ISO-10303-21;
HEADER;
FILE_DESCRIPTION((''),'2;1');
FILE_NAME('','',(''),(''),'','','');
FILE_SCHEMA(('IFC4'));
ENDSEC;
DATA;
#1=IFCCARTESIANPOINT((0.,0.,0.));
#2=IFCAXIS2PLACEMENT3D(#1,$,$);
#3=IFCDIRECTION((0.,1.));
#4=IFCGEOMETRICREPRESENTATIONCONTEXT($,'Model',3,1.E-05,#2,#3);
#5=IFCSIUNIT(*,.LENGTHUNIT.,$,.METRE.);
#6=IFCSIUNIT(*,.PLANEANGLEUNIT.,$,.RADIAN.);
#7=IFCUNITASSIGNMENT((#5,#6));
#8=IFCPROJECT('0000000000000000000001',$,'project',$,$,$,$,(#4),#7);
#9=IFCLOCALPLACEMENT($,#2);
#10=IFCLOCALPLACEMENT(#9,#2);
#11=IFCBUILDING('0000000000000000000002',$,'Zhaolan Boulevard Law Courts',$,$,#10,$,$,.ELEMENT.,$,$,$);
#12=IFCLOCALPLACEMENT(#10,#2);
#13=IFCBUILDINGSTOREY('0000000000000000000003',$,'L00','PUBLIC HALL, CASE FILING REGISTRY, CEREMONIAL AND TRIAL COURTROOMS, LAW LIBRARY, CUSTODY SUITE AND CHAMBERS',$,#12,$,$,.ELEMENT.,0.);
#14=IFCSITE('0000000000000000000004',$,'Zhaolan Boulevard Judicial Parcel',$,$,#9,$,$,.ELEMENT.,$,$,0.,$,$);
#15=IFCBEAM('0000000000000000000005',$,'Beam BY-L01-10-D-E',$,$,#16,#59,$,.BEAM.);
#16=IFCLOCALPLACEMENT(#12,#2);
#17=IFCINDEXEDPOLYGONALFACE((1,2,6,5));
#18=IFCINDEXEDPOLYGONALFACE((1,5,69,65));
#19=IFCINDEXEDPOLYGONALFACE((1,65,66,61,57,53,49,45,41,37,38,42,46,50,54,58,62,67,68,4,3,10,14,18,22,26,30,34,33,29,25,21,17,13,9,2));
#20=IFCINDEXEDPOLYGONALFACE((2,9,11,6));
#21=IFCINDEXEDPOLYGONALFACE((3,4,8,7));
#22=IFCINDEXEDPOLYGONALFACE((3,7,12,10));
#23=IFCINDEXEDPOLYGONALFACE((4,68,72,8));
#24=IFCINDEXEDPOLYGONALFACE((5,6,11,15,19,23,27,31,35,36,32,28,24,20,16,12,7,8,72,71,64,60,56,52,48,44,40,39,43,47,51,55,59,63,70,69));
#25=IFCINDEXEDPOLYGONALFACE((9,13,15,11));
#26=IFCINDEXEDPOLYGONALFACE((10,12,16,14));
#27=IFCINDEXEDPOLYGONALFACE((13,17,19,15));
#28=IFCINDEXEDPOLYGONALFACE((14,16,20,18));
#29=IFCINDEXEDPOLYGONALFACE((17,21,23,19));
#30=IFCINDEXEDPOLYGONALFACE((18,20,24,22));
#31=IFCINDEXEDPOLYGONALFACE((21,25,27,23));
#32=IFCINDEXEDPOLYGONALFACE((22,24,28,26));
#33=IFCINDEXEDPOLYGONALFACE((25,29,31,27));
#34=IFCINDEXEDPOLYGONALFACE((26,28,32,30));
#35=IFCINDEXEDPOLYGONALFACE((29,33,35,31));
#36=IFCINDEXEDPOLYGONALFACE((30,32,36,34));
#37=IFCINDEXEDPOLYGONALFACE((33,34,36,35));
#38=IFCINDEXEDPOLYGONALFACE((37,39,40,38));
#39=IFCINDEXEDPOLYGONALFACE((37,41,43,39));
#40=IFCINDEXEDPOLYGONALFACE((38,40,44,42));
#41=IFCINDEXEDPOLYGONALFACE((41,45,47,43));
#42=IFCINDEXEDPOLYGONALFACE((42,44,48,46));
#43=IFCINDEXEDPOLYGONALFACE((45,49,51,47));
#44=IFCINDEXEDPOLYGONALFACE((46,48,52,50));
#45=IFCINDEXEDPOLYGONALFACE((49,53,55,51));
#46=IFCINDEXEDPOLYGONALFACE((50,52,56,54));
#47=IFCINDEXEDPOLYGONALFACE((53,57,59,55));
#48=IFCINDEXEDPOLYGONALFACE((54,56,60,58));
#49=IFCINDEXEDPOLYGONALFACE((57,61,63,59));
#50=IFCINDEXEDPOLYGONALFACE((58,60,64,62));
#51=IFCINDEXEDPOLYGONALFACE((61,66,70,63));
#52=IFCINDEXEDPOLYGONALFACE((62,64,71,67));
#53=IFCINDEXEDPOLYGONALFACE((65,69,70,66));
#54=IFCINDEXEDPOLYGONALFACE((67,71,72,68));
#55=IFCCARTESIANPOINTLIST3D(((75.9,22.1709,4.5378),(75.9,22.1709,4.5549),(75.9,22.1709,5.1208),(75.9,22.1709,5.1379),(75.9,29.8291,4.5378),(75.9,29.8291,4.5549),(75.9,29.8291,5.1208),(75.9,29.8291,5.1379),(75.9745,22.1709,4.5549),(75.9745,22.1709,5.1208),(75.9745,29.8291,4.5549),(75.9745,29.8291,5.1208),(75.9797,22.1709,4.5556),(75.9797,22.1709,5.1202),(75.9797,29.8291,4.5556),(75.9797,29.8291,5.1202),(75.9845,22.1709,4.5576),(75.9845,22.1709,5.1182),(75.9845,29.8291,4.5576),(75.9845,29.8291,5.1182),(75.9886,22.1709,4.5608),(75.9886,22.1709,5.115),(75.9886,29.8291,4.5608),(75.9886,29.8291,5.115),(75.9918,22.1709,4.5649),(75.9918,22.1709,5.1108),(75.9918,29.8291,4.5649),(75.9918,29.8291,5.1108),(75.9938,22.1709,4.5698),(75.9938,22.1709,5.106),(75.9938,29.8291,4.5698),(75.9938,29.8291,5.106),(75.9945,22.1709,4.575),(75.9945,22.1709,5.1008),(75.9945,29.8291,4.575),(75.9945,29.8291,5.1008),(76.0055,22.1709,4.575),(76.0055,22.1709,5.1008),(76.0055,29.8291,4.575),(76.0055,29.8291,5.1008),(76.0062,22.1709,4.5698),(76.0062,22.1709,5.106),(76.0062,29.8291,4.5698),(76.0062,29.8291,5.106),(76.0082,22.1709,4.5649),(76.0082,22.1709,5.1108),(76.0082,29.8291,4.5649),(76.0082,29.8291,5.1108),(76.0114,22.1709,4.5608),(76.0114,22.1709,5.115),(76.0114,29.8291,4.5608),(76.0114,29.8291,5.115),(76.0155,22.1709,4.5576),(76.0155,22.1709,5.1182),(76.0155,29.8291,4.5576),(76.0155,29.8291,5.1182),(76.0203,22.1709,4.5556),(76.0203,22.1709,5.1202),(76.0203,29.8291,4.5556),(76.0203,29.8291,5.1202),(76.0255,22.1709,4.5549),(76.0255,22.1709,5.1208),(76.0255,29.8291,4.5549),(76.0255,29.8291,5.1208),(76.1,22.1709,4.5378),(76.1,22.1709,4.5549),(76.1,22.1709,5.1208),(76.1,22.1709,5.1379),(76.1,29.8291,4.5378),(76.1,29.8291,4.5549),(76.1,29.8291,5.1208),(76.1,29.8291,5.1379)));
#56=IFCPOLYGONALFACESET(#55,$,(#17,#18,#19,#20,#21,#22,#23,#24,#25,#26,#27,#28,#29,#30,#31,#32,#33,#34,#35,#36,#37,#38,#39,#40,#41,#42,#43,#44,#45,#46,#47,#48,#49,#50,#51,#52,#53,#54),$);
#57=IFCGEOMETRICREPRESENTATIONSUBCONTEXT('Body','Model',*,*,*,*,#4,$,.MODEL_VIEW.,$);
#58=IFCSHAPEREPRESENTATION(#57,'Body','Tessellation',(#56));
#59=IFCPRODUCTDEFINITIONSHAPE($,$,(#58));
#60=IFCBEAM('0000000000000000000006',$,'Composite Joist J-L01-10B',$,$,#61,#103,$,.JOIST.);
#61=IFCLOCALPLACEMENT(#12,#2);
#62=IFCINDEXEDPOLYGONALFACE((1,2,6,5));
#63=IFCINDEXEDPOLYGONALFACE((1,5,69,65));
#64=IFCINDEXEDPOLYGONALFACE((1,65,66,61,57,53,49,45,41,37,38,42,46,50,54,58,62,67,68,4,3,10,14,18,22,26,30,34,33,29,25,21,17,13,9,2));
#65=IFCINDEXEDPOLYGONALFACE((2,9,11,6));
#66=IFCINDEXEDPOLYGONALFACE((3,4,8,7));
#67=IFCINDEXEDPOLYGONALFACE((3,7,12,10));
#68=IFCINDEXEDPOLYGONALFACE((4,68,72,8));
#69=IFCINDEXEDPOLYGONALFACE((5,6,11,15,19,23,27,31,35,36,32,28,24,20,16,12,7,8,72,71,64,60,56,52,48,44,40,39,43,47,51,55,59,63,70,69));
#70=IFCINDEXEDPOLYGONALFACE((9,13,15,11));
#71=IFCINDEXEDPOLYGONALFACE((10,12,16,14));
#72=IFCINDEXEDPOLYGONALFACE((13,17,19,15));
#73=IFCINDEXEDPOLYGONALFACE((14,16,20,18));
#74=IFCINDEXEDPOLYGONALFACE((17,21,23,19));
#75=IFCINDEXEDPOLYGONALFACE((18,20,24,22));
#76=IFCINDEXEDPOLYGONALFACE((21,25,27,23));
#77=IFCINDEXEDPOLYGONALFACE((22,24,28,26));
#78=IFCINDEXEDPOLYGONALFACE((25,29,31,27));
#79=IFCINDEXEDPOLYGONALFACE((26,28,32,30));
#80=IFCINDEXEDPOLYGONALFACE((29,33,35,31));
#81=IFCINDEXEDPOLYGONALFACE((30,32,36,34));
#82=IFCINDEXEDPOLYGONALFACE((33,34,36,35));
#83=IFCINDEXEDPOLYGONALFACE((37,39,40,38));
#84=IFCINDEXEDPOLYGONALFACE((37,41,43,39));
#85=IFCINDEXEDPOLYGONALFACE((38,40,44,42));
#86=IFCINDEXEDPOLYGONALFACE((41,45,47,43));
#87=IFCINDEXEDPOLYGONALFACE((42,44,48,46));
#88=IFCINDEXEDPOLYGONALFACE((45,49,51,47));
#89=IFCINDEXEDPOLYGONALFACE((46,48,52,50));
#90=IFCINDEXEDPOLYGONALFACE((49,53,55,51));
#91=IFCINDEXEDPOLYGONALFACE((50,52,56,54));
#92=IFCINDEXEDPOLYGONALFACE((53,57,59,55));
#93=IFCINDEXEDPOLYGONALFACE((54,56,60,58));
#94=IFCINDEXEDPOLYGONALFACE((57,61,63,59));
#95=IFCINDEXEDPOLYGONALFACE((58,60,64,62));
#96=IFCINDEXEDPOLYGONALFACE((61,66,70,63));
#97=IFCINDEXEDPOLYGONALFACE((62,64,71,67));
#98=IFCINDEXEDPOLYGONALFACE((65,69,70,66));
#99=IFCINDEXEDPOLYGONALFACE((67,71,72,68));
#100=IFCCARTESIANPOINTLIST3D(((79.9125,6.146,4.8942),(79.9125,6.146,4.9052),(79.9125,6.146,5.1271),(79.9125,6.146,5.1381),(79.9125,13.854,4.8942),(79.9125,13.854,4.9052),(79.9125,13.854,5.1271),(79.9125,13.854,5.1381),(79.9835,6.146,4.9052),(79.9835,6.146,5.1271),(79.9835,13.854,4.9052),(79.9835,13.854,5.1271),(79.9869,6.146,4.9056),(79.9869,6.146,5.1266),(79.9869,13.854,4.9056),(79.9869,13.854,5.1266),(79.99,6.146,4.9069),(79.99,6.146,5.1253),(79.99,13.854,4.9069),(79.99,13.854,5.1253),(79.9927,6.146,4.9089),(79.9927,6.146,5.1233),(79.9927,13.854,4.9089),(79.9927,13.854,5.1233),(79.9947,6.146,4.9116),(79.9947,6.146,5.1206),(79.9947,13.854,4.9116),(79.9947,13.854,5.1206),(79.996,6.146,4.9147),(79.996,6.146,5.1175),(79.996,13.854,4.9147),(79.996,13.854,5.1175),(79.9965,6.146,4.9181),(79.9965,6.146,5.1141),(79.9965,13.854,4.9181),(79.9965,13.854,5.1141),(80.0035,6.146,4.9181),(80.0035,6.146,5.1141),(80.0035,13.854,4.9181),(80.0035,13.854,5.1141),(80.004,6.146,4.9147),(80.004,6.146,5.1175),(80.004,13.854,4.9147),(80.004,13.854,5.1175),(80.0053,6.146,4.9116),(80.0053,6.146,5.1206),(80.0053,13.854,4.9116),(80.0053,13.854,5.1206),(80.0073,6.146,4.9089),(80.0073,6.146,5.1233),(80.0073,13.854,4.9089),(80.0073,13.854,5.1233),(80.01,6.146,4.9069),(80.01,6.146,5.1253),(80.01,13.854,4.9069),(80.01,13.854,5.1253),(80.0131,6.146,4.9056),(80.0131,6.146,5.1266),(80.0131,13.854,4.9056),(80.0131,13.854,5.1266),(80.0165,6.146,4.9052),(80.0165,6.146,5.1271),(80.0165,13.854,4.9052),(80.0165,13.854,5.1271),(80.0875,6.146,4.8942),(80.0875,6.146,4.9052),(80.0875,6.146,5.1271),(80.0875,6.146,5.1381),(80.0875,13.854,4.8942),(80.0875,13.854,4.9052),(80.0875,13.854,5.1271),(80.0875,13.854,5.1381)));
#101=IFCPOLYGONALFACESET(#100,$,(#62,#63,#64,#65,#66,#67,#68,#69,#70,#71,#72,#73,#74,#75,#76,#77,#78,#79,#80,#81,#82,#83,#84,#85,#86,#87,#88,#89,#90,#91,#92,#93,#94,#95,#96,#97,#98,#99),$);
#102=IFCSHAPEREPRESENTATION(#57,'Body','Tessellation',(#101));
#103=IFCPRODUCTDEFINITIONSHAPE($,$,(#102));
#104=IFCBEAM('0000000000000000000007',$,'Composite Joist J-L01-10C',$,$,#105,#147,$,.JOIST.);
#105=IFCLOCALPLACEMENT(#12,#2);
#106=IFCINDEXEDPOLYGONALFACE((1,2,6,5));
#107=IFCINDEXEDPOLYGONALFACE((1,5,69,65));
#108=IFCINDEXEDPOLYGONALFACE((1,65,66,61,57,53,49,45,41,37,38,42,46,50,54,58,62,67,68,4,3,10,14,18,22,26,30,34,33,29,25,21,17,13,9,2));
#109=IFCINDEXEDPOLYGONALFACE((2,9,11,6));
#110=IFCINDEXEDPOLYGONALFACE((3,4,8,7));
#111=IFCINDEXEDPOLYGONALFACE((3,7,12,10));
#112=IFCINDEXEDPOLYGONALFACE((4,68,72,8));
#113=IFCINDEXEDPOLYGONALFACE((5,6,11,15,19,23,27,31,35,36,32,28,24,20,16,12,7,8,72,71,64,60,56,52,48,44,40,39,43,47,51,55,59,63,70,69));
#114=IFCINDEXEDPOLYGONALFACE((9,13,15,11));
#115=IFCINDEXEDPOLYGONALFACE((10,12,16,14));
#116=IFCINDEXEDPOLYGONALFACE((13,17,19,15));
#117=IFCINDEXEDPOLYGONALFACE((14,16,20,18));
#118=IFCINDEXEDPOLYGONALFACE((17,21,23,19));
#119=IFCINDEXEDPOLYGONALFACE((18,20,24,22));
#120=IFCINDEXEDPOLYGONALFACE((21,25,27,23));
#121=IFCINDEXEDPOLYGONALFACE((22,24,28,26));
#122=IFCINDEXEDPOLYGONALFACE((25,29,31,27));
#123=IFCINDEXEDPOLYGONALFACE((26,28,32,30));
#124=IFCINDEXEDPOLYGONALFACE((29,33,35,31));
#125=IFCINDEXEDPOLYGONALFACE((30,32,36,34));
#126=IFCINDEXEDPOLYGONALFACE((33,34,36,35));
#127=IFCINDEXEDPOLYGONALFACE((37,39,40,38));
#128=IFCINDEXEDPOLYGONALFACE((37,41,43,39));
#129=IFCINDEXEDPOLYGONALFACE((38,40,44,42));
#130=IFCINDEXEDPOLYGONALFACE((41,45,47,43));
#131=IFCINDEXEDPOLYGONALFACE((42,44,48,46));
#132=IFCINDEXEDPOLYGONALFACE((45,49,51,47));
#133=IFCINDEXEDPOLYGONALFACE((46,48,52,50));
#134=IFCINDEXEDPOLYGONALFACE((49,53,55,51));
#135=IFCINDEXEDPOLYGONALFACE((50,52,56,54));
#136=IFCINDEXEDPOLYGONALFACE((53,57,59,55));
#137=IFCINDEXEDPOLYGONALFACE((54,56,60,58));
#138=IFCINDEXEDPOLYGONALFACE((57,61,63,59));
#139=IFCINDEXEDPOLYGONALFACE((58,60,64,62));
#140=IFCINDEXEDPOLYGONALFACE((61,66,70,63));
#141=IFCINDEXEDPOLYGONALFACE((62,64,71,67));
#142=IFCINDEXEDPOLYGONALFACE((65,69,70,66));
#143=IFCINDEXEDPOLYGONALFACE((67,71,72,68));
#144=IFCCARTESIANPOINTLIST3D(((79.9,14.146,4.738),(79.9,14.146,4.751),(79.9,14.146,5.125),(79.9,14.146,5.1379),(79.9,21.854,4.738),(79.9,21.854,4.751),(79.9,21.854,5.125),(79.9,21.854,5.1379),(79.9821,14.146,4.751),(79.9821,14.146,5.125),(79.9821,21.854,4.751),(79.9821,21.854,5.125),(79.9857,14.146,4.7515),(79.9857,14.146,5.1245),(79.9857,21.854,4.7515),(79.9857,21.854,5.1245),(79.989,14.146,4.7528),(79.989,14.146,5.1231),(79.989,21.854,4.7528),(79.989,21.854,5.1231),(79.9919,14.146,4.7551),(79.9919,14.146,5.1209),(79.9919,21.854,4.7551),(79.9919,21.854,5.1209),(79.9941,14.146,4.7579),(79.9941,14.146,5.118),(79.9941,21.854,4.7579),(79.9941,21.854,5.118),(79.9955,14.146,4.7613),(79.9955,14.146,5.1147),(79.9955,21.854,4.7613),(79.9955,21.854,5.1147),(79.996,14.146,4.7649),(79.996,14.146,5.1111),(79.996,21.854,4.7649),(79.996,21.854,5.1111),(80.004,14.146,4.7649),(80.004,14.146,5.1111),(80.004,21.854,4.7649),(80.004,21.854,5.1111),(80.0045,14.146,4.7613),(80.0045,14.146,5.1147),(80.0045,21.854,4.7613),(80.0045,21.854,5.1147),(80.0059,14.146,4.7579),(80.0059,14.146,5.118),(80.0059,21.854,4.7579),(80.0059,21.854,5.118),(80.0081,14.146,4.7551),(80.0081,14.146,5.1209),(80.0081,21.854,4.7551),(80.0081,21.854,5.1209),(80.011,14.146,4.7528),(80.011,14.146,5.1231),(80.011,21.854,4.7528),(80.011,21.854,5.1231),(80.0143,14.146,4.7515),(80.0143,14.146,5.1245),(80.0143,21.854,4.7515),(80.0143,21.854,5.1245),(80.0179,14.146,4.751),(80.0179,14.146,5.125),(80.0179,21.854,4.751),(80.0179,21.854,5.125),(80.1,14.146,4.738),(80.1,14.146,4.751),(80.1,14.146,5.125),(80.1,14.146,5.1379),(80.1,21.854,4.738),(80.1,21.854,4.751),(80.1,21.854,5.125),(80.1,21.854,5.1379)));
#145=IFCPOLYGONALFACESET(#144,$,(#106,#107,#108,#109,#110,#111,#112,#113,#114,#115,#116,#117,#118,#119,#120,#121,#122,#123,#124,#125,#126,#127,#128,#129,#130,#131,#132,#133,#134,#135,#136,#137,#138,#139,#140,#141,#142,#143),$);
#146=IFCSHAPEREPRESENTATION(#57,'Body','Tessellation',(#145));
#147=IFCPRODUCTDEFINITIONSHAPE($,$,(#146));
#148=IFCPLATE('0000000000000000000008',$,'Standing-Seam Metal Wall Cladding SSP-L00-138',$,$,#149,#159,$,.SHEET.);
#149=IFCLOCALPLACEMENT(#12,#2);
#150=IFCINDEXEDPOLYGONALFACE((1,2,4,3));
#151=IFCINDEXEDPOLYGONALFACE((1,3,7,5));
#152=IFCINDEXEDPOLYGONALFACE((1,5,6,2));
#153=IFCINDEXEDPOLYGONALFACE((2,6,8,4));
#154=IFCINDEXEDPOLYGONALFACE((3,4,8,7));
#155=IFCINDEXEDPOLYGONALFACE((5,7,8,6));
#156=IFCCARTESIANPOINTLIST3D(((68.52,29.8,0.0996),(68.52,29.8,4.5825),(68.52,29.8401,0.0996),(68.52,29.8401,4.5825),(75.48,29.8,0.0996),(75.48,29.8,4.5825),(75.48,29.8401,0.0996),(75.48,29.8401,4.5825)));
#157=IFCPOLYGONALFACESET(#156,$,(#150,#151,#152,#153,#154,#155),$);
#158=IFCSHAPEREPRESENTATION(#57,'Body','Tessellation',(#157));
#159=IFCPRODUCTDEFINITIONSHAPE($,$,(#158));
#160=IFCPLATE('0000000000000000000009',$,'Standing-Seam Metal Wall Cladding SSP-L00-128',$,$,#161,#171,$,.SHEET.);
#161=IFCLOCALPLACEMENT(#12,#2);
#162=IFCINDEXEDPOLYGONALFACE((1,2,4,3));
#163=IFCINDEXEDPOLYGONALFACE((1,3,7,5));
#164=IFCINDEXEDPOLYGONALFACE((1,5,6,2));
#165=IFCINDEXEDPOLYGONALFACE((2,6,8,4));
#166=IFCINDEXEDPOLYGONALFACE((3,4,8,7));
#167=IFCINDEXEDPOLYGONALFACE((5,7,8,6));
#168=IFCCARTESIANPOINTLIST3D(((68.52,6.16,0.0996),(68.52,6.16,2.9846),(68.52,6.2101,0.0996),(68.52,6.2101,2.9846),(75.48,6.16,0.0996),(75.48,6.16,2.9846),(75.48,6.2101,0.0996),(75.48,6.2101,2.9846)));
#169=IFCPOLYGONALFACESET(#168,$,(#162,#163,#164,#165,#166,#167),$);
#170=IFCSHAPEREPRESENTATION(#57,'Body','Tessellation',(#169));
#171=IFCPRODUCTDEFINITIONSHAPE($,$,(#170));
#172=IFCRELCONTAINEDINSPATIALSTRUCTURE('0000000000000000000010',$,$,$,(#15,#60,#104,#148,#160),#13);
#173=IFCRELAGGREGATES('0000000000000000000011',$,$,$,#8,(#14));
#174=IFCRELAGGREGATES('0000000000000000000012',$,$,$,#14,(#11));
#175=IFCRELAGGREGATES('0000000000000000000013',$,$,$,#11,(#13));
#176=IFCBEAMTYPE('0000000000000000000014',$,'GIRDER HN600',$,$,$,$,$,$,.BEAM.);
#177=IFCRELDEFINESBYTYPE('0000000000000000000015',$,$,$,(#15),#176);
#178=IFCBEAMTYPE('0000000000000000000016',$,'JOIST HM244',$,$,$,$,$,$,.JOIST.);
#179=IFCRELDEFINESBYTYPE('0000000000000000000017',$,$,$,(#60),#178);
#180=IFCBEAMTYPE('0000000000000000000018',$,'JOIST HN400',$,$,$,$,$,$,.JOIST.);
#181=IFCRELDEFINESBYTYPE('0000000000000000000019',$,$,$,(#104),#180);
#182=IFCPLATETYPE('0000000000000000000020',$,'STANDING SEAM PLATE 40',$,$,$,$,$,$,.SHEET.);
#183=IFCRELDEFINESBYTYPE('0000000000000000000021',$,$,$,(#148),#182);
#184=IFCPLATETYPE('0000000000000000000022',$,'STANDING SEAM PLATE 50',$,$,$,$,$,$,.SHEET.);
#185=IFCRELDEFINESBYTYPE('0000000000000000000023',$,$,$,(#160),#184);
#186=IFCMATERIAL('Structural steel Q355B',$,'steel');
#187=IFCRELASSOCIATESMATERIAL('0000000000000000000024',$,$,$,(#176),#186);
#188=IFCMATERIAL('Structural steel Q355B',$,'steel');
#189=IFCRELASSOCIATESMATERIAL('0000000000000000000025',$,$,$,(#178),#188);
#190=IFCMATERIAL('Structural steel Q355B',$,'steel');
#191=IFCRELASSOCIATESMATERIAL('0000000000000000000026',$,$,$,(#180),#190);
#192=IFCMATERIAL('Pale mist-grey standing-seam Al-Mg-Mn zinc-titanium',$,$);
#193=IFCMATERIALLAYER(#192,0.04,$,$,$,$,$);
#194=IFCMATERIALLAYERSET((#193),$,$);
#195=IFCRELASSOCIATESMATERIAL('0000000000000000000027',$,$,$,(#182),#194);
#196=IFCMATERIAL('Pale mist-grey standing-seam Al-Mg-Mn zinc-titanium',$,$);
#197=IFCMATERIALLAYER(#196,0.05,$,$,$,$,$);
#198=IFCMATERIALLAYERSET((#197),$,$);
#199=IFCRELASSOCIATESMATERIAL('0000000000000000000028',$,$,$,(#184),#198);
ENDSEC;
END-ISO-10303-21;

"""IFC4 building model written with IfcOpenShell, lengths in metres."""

from ifc_helpers import new_model, si_unit, direction, frame, origin, origin_2d, place, context, subcontext, project, spatial, rectangle, i_section, extrude, material, layer, layer_set, material_profile, profile_set, type_object, element, save


model = new_model("IFC4")

# Units and contexts
model_context = context("Model", 3, precision=1e-05, world=origin(), true_north=direction((0.0, 1.0)))
body_context = subcontext(model_context, "Body", "Model", "MODEL_VIEW")
ifc_project = project(units=[si_unit("LENGTHUNIT", "METRE"), si_unit("PLANEANGLEUNIT", "RADIAN")], contexts=[model_context])

# Site, building, storey
site_placement = place(None, origin())
site = spatial("IfcSite", under=ifc_project, at=site_placement, Name="Zhaolan Boulevard Judicial Parcel", CompositionType="ELEMENT", RefElevation=0.0)
building_placement = place(site_placement, origin())
building = spatial("IfcBuilding", under=site, at=building_placement, Name="Zhaolan Boulevard Law Courts", CompositionType="ELEMENT")
storey_placement = place(building_placement, origin())
storey = spatial("IfcBuildingStorey", under=building, at=storey_placement, Name="L00", Description="PUBLIC HALL, CASE FILING REGISTRY, CEREMONIAL AND TRIAL COURTROOMS, LAW LIBRARY, CUSTODY SUITE AND CHAMBERS", CompositionType="ELEMENT", Elevation=0.0)

# Beams
ifc_material_1 = material(Name="Structural steel Q355B", Category="steel")
ifc_material_profile_1 = material_profile(ifc_material_1, i_section(OverallWidth=0.2, OverallDepth=0.6001, WebThickness=0.011, FlangeThickness=0.0171, FilletRadius=0.02, at=origin_2d()), Name="HN600x200")
ifc_profile_set_1 = profile_set([ifc_material_profile_1], Name="Structural steel Q355B")
beam_type_1 = type_object("IfcBeamType", Name="GIRDER HN600", PredefinedType="BEAM", material=ifc_profile_set_1)
for number, where, z_axis, x_axis, name in (
    (1, (76.0, 22.1709, 4.8379), (0.0, 1.0, 0.0), (-1.0, 0.0, 0.0), "Beam BY-L01-10-D-E"),
):
    element("IfcBeam", number, at=place(storey_placement, frame(where, z_axis=z_axis, x_axis=x_axis)), inside=storey, type_object=beam_type_1, Name=name, PredefinedType="BEAM", context=body_context, shape_type="SweptSolid", body=[
        extrude(i_section(OverallWidth=0.2, OverallDepth=0.6001, WebThickness=0.011, FlangeThickness=0.0171, FilletRadius=0.02, at=origin_2d()), origin(), (0.0, 0.0, 1.0), 7.6582),
    ])
ifc_material_2 = material(Name="Structural steel Q355B", Category="steel")
ifc_material_profile_2 = material_profile(ifc_material_2, i_section(OverallWidth=0.175, OverallDepth=0.2439, WebThickness=0.0071, FlangeThickness=0.011, FilletRadius=0.0129, at=origin_2d()), Name="HM244x175")
ifc_profile_set_2 = profile_set([ifc_material_profile_2], Name="Structural steel Q355B")
beam_type_2 = type_object("IfcBeamType", Name="JOIST HM244", PredefinedType="JOIST", material=ifc_profile_set_2)
beam_1_placement = place(storey_placement, frame((80.0, 6.146, 5.0161), z_axis=(0.0, 1.0, 0.0), x_axis=(-1.0, 0.0, 0.0)))
element("IfcBeam", 2, at=beam_1_placement, inside=storey, type_object=beam_type_2, Name="Composite Joist J-L01-10B", PredefinedType="JOIST", context=body_context, shape_type="SweptSolid", body=[
    extrude(i_section(OverallWidth=0.175, OverallDepth=0.2439, WebThickness=0.0071, FlangeThickness=0.011, FilletRadius=0.0129, at=origin_2d()), origin(), (0.0, 0.0, 1.0), 7.708),
])
ifc_material_3 = material(Name="Structural steel Q355B", Category="steel")
ifc_material_profile_3 = material_profile(ifc_material_3, i_section(OverallWidth=0.2, OverallDepth=0.3999, WebThickness=0.0081, FlangeThickness=0.0129, FilletRadius=0.0139, at=origin_2d()), Name="HN400x200")
ifc_profile_set_3 = profile_set([ifc_material_profile_3], Name="Structural steel Q355B")
beam_type_3 = type_object("IfcBeamType", Name="JOIST HN400", PredefinedType="JOIST", material=ifc_profile_set_3)
beam_2_placement = place(storey_placement, frame((80.0, 14.146, 4.938), z_axis=(0.0, 1.0, 0.0), x_axis=(-1.0, 0.0, 0.0)))
element("IfcBeam", 3, at=beam_2_placement, inside=storey, type_object=beam_type_3, Name="Composite Joist J-L01-10C", PredefinedType="JOIST", context=body_context, shape_type="SweptSolid", body=[
    extrude(i_section(OverallWidth=0.2, OverallDepth=0.3999, WebThickness=0.0081, FlangeThickness=0.0129, FilletRadius=0.0139, at=origin_2d()), origin(), (0.0, 0.0, 1.0), 7.708),
])

# Plates
ifc_material_4 = material(Name="Pale mist-grey standing-seam Al-Mg-Mn zinc-titanium")
ifc_layer_1 = layer(ifc_material_4, 0.04)
ifc_layer_set_1 = layer_set([ifc_layer_1])
plate_type_1 = type_object("IfcPlateType", Name="STANDING SEAM PLATE 40", PredefinedType="SHEET", material=ifc_layer_set_1)
plate_1_placement = place(storey_placement, frame((72.0, 29.8201, 0.0996), z_axis=(0.0, 0.0, 1.0), x_axis=(-1.0, 0.0, 0.0)))
element("IfcPlate", 4, at=plate_1_placement, inside=storey, type_object=plate_type_1, Name="Standing-Seam Metal Wall Cladding SSP-L00-138", PredefinedType="SHEET", context=body_context, shape_type="SweptSolid", body=[
    extrude(rectangle(XDim=6.96, YDim=0.04, at=origin_2d()), origin(), (0.0, 0.0, 1.0), 4.4829),
])
ifc_material_5 = material(Name="Pale mist-grey standing-seam Al-Mg-Mn zinc-titanium")
ifc_layer_2 = layer(ifc_material_5, 0.05)
ifc_layer_set_2 = layer_set([ifc_layer_2])
plate_type_2 = type_object("IfcPlateType", Name="STANDING SEAM PLATE 50", PredefinedType="SHEET", material=ifc_layer_set_2)
plate_2_placement = place(storey_placement, frame((72.0, 6.1851, 0.0996), z_axis=(0.0, 0.0, 1.0), x_axis=(1.0, 0.0, 0.0)))
element("IfcPlate", 5, at=plate_2_placement, inside=storey, type_object=plate_type_2, Name="Standing-Seam Metal Wall Cladding SSP-L00-128", PredefinedType="SHEET", context=body_context, shape_type="SweptSolid", body=[
    extrude(rectangle(XDim=6.96, YDim=0.05, at=origin_2d()), origin(), (0.0, 0.0, 1.0), 2.885),
])

save(model, "model.ifc")
